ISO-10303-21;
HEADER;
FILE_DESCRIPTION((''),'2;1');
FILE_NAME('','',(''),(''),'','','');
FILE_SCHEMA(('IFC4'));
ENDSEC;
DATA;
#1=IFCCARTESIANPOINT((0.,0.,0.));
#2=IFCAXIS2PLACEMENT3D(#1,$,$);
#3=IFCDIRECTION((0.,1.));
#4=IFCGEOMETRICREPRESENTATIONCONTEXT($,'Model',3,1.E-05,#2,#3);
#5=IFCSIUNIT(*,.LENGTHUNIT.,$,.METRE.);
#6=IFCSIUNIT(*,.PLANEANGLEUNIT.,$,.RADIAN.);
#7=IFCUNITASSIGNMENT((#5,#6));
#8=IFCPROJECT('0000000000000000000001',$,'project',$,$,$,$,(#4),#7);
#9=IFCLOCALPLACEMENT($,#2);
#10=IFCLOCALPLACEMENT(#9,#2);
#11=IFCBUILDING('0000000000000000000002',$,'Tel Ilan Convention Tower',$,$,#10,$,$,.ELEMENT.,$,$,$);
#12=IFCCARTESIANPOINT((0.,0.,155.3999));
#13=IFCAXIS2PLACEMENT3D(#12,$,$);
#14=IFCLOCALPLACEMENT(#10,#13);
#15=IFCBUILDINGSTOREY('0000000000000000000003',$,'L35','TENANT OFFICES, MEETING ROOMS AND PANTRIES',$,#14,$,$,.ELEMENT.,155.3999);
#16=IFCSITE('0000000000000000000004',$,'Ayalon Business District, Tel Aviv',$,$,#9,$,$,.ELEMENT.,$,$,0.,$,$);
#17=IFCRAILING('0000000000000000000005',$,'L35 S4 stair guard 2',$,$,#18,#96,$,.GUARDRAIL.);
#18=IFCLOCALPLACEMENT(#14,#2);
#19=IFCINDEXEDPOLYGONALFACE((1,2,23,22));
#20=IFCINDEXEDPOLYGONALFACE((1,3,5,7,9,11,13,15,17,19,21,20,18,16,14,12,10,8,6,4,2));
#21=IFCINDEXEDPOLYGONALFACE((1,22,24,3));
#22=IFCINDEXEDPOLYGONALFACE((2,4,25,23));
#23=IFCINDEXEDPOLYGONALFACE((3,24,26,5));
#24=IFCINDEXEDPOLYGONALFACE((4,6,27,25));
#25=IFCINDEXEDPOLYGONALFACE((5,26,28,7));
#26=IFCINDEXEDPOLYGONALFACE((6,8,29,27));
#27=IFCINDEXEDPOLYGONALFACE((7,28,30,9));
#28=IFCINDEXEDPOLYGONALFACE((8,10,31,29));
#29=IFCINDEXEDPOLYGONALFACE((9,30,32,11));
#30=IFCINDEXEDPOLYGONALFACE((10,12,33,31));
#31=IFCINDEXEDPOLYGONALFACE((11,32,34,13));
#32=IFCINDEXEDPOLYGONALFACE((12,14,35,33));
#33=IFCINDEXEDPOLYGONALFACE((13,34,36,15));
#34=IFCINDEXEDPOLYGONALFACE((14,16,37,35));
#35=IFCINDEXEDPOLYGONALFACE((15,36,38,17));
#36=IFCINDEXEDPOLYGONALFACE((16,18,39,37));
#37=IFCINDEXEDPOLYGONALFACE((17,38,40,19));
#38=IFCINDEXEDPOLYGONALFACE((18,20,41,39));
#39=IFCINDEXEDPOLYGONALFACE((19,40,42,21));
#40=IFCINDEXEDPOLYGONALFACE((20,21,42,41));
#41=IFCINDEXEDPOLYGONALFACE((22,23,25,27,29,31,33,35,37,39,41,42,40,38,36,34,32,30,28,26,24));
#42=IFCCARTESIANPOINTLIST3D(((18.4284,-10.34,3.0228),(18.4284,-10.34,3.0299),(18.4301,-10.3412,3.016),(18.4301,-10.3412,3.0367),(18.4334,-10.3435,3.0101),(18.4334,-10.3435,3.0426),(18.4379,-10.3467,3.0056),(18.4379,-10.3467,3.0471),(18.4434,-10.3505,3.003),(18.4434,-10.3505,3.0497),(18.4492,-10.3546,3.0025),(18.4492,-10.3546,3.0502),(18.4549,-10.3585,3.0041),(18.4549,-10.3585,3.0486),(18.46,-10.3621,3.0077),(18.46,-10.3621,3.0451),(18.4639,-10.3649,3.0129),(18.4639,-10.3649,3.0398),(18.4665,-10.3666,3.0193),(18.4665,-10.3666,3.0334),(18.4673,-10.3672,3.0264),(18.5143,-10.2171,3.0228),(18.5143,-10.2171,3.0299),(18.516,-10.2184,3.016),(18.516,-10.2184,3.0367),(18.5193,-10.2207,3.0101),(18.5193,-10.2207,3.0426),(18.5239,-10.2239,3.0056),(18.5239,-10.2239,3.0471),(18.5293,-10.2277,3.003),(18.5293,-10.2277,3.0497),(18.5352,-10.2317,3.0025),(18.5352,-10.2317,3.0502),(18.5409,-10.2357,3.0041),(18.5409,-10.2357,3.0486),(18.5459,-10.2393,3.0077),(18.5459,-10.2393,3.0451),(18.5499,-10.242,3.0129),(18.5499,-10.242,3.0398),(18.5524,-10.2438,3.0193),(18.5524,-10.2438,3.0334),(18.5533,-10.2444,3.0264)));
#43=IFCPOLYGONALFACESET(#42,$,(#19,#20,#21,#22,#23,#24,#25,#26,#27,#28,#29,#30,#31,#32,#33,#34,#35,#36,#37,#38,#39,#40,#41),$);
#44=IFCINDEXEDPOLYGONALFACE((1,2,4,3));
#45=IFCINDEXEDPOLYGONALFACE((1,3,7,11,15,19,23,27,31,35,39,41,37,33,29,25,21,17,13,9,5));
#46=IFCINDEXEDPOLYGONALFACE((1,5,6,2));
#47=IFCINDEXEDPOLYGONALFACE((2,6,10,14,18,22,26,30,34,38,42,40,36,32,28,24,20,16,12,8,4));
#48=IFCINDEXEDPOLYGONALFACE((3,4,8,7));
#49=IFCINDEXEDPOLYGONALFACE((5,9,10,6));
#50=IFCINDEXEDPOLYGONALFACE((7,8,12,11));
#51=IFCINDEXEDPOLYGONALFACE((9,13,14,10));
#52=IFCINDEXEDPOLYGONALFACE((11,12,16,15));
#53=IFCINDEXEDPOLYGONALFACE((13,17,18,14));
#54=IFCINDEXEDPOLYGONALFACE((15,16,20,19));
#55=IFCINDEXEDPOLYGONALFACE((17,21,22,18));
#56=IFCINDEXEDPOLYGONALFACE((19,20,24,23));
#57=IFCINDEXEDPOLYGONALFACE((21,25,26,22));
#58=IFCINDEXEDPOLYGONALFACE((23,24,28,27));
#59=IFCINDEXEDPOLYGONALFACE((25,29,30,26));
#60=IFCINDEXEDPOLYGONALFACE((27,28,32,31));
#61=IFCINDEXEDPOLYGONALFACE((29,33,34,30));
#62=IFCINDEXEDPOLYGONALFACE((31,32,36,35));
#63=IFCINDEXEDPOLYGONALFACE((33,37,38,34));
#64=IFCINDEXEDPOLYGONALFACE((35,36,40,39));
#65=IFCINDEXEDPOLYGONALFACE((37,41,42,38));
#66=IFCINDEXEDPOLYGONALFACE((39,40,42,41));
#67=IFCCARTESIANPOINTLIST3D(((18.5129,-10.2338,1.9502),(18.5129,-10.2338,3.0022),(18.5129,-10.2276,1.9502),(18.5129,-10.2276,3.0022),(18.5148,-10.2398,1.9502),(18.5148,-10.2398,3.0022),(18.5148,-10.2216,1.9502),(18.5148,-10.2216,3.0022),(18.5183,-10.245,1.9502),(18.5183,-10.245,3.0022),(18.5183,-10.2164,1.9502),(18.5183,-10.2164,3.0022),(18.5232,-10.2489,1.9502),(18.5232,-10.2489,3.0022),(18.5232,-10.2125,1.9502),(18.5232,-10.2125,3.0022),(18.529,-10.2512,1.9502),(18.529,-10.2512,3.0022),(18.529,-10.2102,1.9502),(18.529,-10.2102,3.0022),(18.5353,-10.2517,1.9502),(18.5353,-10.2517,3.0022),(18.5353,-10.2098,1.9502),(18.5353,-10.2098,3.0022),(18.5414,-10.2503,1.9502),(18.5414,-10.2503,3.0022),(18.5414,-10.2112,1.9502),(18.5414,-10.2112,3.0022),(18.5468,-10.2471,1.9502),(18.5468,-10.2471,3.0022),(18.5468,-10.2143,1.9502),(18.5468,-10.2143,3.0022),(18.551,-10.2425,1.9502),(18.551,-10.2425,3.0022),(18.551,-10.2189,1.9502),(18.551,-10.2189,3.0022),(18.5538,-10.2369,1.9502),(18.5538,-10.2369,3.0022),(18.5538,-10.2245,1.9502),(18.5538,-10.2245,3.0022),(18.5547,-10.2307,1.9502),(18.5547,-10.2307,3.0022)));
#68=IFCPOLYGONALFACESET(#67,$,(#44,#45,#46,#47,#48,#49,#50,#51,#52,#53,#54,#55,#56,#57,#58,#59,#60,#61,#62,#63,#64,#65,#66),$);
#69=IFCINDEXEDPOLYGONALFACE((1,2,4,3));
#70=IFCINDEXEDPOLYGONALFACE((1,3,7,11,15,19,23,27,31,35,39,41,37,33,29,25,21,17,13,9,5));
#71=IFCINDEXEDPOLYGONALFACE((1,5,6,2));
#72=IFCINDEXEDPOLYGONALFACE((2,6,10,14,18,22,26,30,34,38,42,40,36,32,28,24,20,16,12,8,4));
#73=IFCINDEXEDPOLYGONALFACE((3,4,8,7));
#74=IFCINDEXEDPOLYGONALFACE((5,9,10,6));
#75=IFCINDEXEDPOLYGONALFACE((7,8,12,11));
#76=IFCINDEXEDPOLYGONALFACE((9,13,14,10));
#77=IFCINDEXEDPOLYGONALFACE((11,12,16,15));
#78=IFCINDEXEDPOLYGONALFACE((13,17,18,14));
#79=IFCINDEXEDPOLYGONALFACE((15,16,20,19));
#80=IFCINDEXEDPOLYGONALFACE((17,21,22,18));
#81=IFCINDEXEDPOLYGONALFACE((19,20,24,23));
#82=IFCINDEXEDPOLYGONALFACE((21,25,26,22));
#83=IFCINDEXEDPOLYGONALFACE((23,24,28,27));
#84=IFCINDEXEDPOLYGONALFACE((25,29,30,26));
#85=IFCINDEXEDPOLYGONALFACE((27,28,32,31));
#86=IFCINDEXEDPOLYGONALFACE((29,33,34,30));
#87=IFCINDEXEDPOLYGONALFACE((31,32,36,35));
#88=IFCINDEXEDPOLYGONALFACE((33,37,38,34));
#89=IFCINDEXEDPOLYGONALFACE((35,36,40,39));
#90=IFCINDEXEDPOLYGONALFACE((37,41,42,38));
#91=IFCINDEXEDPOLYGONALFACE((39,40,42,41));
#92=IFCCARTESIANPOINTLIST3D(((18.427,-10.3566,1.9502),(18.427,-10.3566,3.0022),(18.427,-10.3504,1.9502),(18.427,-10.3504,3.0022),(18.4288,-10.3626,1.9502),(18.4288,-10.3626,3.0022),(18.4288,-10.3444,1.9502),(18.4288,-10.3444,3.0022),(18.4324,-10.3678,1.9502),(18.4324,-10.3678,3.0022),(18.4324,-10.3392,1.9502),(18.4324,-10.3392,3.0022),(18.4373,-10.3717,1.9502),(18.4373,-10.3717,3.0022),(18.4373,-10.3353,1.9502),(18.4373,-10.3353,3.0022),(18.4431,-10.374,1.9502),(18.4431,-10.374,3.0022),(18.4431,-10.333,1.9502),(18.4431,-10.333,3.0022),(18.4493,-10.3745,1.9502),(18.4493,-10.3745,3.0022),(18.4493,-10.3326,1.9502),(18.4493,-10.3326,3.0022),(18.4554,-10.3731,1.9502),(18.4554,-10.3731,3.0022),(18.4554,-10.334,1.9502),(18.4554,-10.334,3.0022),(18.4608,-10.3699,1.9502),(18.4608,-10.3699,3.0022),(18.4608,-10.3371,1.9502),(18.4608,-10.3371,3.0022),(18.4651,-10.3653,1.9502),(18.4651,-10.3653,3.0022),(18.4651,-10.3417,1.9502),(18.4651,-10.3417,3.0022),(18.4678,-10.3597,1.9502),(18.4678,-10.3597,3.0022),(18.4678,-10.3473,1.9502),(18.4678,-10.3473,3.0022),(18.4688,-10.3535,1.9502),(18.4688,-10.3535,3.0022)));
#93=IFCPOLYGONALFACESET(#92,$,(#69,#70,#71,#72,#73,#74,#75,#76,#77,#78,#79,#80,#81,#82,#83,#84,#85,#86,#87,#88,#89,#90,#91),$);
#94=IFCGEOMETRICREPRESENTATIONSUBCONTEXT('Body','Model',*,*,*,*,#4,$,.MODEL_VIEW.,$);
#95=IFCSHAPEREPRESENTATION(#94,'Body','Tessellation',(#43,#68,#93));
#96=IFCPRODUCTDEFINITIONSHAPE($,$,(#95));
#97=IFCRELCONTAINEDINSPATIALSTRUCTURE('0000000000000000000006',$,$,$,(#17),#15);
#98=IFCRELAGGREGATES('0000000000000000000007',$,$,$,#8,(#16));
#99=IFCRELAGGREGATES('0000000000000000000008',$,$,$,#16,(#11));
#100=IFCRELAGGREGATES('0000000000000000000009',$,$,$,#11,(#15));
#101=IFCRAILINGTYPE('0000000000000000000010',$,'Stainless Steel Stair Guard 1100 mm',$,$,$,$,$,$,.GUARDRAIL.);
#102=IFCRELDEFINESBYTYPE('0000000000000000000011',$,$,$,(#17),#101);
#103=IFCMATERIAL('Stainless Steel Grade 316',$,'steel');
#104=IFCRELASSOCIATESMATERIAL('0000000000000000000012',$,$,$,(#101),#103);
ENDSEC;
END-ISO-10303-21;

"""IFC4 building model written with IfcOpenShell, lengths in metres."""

from ifc_helpers import new_model, si_unit, direction, frame, origin, origin_2d, place, context, subcontext, project, spatial, circle, extrude, material, type_object, element, save


model = new_model("IFC4")

# Units and contexts
model_context = context("Model", 3, precision=1e-05, world=origin(), true_north=direction((0.0, 1.0)))
body_context = subcontext(model_context, "Body", "Model", "MODEL_VIEW")
ifc_project = project(units=[si_unit("LENGTHUNIT", "METRE"), si_unit("PLANEANGLEUNIT", "RADIAN")], contexts=[model_context])

# Site, building, storey
site_placement = place(None, origin())
site = spatial("IfcSite", under=ifc_project, at=site_placement, Name="Ayalon Business District, Tel Aviv", CompositionType="ELEMENT", RefElevation=0.0)
building_placement = place(site_placement, origin())
building = spatial("IfcBuilding", under=site, at=building_placement, Name="Tel Ilan Convention Tower", CompositionType="ELEMENT")
storey_placement = place(building_placement, frame((0.0, 0.0, 155.3999)))
storey = spatial("IfcBuildingStorey", under=building, at=storey_placement, Name="L35", Description="TENANT OFFICES, MEETING ROOMS AND PANTRIES", CompositionType="ELEMENT", Elevation=155.3999)

# Railing
ifc_material_1 = material(Name="Stainless Steel Grade 316", Category="steel")
railing_type_1 = type_object("IfcRailingType", Name="Stainless Steel Stair Guard 1100 mm", PredefinedType="GUARDRAIL", material=ifc_material_1)
railing_1_placement = place(storey_placement, frame((18.5337, -10.2307, 1.9502)))
element("IfcRailing", 1, at=railing_1_placement, inside=storey, type_object=railing_type_1, Name="L35 S4 stair guard 2", PredefinedType="GUARDRAIL", context=body_context, shape_type="SweptSolid", body=[
    extrude(circle(Radius=0.0239, at=origin_2d()), frame((0.0, 0.0, 1.0762), z_axis=(-0.573353, -0.819308, 0.0), x_axis=(0.819308, -0.573353, 0.0)), (0.0, 0.0, 1.0), 0.1499),
    extrude(circle(Radius=0.021, at=origin_2d()), origin(), (0.0, 0.0, 1.0), 1.052),
    extrude(circle(Radius=0.021, at=origin_2d()), frame((-0.0859, -0.1228, 0.0)), (0.0, 0.0, 1.0), 1.052),
])

save(model, "model.ifc")
